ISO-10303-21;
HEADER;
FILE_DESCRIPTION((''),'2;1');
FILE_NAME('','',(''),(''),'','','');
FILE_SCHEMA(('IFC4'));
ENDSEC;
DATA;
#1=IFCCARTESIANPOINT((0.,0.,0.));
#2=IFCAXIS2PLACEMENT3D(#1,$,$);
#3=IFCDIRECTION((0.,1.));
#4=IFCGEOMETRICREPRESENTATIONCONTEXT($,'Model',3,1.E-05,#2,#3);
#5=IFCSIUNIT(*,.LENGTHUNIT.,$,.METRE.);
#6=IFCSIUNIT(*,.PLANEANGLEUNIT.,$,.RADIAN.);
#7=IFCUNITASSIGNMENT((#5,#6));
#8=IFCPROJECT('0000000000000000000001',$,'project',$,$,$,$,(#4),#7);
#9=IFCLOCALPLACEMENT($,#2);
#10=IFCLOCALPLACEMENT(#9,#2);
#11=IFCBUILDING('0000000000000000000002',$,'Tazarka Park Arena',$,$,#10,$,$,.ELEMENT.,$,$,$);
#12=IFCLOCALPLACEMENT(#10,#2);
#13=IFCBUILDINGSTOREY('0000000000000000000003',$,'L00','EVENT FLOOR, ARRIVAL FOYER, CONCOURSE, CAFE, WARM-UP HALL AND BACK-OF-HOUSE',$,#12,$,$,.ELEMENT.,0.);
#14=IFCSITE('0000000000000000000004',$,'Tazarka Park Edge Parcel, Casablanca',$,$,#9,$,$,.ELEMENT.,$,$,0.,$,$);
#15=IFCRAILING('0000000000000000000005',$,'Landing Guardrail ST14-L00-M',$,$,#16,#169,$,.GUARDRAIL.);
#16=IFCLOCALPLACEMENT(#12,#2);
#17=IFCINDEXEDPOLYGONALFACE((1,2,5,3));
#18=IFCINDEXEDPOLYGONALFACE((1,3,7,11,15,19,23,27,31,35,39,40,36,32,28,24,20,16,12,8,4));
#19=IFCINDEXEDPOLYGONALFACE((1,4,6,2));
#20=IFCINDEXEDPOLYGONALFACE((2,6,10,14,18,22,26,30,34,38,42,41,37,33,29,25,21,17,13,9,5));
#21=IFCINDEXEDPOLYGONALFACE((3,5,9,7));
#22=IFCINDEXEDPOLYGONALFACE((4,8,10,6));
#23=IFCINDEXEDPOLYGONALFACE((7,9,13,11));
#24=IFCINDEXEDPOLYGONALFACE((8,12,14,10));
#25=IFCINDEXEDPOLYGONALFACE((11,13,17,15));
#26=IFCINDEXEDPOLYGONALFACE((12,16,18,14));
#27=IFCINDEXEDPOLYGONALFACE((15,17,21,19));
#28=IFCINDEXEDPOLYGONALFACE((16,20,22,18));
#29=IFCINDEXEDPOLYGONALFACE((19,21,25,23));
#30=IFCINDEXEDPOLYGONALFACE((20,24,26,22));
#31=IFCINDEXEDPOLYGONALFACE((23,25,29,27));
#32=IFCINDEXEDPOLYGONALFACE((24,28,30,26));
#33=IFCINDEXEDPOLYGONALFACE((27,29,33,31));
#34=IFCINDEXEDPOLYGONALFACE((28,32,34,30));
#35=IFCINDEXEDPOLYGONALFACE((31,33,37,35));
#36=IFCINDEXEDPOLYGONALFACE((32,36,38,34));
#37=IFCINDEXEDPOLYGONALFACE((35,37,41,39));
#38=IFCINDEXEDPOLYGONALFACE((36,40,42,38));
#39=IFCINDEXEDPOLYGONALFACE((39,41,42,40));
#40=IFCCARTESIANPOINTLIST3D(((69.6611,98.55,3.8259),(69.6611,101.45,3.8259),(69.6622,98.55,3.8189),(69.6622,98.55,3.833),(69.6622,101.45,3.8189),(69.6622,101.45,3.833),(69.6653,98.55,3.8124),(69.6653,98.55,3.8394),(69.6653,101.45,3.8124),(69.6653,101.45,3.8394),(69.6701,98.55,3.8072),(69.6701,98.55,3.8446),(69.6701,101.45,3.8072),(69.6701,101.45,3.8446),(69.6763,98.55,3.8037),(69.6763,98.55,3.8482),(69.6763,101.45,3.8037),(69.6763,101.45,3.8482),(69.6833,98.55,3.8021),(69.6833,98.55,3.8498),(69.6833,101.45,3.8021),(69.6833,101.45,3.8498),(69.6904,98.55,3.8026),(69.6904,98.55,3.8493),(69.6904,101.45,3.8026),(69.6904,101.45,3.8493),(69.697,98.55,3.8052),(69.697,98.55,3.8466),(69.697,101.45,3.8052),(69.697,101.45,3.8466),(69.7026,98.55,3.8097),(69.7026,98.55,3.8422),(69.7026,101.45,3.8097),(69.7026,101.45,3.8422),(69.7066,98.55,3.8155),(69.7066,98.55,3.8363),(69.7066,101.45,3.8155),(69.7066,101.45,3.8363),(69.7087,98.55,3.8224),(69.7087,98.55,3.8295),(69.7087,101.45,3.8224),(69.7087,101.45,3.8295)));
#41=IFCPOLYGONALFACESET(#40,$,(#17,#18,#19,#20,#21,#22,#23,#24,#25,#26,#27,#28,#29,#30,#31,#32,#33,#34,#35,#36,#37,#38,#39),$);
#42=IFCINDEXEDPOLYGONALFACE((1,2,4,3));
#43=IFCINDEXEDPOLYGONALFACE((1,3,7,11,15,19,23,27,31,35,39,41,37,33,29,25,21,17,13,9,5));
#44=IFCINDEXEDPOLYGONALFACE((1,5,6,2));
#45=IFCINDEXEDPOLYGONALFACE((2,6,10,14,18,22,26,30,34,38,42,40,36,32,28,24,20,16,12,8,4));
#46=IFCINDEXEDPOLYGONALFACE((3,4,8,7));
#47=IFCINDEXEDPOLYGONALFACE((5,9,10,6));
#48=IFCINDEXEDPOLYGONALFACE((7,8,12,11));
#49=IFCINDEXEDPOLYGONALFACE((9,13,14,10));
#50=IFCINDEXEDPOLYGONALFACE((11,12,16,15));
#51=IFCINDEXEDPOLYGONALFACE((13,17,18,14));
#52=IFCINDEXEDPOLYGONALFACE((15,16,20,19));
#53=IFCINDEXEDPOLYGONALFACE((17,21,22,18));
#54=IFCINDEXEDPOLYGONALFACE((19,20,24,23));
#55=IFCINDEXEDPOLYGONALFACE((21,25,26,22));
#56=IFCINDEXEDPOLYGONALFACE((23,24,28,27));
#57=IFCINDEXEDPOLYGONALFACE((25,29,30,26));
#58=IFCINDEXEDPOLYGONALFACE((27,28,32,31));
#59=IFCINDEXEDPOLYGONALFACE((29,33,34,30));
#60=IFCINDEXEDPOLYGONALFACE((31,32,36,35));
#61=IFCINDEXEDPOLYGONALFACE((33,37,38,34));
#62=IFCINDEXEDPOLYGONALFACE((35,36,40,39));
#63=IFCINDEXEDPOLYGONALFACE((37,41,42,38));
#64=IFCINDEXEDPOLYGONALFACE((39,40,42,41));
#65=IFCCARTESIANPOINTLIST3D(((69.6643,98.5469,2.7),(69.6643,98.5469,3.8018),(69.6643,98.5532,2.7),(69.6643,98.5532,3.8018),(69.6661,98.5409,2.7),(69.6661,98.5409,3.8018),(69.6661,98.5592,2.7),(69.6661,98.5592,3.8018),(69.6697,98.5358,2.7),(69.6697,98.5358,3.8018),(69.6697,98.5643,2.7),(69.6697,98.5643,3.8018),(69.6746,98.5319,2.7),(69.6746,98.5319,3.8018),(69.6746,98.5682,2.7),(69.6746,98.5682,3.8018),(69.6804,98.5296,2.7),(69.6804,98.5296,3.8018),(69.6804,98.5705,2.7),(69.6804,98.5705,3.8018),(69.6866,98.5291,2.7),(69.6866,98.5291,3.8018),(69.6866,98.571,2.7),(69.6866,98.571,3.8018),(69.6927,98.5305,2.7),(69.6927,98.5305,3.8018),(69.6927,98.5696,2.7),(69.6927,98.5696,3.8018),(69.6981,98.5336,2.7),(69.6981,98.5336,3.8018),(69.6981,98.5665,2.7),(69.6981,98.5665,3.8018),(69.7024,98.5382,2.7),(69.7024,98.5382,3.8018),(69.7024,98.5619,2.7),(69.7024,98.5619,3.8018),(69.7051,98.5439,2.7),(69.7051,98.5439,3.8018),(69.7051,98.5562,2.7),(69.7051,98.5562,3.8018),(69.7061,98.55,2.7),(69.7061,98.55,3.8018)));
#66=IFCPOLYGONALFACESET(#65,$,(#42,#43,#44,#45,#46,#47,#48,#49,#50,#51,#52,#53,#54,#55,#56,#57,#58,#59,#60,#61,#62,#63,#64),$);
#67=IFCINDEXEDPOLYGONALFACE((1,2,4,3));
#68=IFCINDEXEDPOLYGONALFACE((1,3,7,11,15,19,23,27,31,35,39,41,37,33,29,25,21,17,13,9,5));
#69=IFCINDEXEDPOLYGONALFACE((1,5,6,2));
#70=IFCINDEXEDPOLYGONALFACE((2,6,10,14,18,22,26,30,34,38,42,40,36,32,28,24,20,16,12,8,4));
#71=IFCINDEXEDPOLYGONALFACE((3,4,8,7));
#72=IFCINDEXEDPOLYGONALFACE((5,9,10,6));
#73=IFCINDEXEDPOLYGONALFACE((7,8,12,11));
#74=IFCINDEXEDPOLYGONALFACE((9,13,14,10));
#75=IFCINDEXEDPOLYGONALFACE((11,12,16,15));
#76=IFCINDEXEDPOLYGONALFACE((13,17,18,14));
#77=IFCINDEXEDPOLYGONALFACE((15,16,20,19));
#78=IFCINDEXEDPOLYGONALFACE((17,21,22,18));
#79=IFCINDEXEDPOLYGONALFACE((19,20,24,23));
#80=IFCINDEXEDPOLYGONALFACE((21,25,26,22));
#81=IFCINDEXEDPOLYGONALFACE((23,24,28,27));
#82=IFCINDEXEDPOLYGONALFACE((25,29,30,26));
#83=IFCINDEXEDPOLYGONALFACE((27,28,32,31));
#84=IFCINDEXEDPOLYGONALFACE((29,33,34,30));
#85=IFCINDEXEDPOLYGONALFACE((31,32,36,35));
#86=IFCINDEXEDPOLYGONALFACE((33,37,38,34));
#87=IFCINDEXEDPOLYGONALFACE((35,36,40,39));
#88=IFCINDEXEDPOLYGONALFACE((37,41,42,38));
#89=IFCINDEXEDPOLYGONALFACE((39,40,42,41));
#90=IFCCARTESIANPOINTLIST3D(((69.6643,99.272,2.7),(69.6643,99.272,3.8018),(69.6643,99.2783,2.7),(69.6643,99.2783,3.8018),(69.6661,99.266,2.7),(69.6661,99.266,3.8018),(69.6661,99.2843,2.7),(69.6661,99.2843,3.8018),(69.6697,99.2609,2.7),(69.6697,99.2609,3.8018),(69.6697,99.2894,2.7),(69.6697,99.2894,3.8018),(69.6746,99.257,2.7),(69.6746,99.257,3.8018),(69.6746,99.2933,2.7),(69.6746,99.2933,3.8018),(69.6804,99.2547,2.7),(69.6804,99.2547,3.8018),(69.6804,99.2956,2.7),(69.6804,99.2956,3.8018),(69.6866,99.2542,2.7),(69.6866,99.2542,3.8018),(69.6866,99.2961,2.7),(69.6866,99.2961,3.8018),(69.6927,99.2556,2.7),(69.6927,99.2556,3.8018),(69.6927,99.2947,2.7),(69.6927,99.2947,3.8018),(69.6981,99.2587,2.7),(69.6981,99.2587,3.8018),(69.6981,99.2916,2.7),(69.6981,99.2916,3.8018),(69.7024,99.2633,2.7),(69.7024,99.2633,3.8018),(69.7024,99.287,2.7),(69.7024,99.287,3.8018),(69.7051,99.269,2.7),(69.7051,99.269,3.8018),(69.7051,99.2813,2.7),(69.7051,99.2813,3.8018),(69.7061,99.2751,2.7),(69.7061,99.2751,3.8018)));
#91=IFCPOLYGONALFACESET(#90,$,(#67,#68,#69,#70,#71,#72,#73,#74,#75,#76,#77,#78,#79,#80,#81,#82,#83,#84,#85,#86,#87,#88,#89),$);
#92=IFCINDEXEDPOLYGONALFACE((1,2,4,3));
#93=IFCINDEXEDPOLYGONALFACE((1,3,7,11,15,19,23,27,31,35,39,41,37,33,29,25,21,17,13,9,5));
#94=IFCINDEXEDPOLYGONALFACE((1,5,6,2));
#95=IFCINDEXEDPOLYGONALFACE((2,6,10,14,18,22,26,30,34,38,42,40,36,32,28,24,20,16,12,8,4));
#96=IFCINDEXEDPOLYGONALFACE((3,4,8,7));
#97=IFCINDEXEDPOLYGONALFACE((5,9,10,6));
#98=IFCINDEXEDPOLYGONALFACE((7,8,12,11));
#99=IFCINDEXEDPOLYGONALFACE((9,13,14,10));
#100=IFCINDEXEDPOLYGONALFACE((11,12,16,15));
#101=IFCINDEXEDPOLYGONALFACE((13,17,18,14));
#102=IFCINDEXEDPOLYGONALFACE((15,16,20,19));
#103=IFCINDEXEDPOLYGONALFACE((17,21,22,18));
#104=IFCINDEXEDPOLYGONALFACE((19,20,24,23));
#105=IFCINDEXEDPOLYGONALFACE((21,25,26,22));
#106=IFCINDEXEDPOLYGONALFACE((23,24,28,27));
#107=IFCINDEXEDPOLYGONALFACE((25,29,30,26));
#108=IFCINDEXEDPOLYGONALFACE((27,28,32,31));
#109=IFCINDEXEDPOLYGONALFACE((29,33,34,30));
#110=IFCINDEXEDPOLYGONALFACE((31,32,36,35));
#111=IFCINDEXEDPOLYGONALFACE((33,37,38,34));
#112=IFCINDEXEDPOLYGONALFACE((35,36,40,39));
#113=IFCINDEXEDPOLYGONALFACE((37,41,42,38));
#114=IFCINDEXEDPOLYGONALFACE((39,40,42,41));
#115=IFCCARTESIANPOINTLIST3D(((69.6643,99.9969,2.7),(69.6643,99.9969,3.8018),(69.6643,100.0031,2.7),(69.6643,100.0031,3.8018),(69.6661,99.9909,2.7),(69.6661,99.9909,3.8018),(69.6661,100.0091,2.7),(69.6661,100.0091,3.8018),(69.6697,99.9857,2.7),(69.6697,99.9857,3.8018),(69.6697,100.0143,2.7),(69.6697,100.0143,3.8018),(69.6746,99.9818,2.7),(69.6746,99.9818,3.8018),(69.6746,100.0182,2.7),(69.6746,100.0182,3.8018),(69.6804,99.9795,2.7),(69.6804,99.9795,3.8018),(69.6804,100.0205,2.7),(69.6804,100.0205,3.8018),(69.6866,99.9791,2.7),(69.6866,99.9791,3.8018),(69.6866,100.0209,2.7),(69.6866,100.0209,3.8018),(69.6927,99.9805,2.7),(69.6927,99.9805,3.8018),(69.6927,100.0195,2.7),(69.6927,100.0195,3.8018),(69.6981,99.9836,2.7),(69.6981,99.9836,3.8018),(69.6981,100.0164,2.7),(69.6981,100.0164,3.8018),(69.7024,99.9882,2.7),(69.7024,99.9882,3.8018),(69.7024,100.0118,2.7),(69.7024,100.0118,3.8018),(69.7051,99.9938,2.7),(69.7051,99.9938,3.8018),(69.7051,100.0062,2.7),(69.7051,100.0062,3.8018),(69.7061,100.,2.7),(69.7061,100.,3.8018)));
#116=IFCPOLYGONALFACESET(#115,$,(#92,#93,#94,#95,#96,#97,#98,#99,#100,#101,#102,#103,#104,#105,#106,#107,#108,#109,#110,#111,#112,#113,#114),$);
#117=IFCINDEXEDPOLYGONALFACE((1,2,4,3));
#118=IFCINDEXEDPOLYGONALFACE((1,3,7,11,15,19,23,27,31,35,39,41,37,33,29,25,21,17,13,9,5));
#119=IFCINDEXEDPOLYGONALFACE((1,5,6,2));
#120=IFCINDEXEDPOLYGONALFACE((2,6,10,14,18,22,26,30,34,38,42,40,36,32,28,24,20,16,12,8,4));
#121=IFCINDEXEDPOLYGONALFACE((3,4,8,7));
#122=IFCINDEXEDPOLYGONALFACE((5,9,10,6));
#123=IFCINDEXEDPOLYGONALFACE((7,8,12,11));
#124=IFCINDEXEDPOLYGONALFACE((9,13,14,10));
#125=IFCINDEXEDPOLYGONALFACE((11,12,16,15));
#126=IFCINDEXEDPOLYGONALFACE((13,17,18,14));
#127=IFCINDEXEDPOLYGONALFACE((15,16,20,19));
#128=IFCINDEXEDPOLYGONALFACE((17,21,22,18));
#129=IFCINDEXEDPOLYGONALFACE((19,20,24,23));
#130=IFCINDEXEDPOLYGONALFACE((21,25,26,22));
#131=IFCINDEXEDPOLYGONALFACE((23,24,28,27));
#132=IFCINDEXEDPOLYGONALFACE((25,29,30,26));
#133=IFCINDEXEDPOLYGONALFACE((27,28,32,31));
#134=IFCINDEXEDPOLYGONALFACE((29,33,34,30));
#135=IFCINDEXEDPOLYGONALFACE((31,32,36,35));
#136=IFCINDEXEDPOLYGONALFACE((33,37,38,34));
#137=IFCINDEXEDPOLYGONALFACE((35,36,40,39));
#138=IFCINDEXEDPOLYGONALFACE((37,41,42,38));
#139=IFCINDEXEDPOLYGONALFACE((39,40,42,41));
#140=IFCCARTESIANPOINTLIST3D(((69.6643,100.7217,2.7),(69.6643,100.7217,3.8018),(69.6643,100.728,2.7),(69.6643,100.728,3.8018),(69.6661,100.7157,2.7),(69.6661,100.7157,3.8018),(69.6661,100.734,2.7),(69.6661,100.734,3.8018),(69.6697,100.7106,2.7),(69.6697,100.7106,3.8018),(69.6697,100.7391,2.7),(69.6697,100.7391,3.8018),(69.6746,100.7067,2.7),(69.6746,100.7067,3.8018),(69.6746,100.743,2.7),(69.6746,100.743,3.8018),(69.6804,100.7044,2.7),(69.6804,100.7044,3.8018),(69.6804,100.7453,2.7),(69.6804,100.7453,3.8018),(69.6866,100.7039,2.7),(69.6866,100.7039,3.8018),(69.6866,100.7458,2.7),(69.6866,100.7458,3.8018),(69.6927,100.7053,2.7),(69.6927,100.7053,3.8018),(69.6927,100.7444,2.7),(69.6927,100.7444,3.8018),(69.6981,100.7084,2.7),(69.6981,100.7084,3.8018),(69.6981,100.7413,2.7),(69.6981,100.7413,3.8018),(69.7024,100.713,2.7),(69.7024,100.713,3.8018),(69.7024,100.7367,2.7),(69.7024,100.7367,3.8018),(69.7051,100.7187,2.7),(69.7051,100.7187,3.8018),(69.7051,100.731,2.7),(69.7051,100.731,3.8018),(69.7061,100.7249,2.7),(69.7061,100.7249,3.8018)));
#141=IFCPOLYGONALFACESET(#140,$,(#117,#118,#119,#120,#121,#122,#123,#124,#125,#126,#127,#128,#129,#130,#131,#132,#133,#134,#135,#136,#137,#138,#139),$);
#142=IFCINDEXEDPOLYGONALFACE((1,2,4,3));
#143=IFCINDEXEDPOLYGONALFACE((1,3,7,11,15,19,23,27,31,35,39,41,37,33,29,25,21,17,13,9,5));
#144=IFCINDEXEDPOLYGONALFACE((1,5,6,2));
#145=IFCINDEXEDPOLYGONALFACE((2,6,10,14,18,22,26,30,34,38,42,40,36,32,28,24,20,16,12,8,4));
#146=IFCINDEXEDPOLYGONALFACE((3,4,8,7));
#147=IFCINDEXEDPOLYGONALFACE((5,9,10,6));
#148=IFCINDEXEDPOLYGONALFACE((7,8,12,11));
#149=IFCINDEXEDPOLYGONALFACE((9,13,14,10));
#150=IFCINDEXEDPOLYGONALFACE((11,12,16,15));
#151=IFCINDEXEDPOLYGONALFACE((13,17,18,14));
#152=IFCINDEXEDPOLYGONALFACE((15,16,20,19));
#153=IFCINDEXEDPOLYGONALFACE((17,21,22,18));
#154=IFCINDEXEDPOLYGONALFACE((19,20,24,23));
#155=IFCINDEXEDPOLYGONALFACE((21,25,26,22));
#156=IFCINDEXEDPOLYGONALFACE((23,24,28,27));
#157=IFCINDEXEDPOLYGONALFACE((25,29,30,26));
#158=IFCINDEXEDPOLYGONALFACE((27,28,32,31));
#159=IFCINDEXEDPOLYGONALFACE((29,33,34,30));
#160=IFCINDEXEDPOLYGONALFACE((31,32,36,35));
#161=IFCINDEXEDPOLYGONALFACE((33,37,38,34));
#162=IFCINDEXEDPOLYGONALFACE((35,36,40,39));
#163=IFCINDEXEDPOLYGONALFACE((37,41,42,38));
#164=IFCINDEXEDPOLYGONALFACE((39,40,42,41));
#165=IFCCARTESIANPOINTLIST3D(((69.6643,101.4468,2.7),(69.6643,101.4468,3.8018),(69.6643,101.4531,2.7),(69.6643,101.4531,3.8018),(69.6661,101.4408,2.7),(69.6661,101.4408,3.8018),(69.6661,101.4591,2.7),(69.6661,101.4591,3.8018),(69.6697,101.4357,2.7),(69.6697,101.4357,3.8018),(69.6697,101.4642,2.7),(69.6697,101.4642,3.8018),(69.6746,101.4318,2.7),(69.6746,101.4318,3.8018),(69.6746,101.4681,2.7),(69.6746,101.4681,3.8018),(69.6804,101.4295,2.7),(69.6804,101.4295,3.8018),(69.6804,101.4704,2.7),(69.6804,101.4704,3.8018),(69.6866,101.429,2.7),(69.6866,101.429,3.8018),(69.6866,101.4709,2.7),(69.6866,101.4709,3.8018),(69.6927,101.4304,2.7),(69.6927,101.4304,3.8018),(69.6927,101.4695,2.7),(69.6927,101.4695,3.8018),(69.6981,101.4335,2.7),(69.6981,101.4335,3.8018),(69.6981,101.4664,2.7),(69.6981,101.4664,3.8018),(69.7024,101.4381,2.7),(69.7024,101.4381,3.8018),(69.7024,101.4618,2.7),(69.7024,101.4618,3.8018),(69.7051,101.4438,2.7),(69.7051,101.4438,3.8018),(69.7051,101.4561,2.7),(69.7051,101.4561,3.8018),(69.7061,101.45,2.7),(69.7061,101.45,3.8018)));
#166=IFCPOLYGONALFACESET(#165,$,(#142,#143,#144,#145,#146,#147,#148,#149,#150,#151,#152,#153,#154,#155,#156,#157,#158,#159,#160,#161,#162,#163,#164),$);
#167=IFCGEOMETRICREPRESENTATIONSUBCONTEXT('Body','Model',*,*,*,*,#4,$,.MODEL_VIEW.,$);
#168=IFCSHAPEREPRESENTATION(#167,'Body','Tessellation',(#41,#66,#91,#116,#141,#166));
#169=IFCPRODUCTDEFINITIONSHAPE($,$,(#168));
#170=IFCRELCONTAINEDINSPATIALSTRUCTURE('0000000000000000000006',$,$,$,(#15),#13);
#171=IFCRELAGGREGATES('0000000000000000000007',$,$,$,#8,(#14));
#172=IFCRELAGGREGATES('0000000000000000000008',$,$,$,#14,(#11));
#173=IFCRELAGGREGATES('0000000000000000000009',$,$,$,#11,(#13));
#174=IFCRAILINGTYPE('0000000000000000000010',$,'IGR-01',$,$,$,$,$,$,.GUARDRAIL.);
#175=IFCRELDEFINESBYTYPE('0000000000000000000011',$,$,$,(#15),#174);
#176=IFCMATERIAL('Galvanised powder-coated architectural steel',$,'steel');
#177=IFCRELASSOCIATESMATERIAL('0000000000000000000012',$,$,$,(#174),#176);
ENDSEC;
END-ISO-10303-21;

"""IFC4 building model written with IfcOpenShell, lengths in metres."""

from ifc_helpers import new_model, si_unit, direction, frame, origin, origin_2d, place, context, subcontext, project, spatial, circle, extrude, material, type_object, element, save


model = new_model("IFC4")

# Units and contexts
model_context = context("Model", 3, precision=1e-05, world=origin(), true_north=direction((0.0, 1.0)))
body_context = subcontext(model_context, "Body", "Model", "MODEL_VIEW")
ifc_project = project(units=[si_unit("LENGTHUNIT", "METRE"), si_unit("PLANEANGLEUNIT", "RADIAN")], contexts=[model_context])

# Site, building, storey
site_placement = place(None, origin())
site = spatial("IfcSite", under=ifc_project, at=site_placement, Name="Tazarka Park Edge Parcel, Casablanca", CompositionType="ELEMENT", RefElevation=0.0)
building_placement = place(site_placement, origin())
building = spatial("IfcBuilding", under=site, at=building_placement, Name="Tazarka Park Arena", CompositionType="ELEMENT")
storey_placement = place(building_placement, origin())
storey = spatial("IfcBuildingStorey", under=building, at=storey_placement, Name="L00", Description="EVENT FLOOR, ARRIVAL FOYER, CONCOURSE, CAFE, WARM-UP HALL AND BACK-OF-HOUSE", CompositionType="ELEMENT", Elevation=0.0)

# Railing
ifc_material_1 = material(Name="Galvanised powder-coated architectural steel", Category="steel")
railing_type_1 = type_object("IfcRailingType", Name="IGR-01", PredefinedType="GUARDRAIL", material=ifc_material_1)
for number, where, name in (
    (1, (69.6851, 98.55, 2.7), "Landing Guardrail ST14-L00-M"),
):
    element("IfcRailing", number, at=place(storey_placement, frame(where)), inside=storey, type_object=railing_type_1, Name=name, PredefinedType="GUARDRAIL", context=body_context, shape_type="SweptSolid", body=[
        extrude(circle(Radius=0.0239, at=origin_2d()), frame((0.0, 0.0, 1.126), z_axis=(0.0, 1.0, 0.0), x_axis=(-1.0, 0.0, 0.0)), (0.0, 0.0, 1.0), 2.8999),
        extrude(circle(Radius=0.021, at=origin_2d()), origin(), (0.0, 0.0, 1.0), 1.1018),
        extrude(circle(Radius=0.021, at=origin_2d()), frame((0.0, 0.7251, 0.0)), (0.0, 0.0, 1.0), 1.1018),
        extrude(circle(Radius=0.021, at=origin_2d()), frame((0.0, 1.45, 0.0)), (0.0, 0.0, 1.0), 1.1018),
        extrude(circle(Radius=0.021, at=origin_2d()), frame((0.0, 2.1748, 0.0)), (0.0, 0.0, 1.0), 1.1018),
        extrude(circle(Radius=0.021, at=origin_2d()), frame((0.0, 2.8999, 0.0)), (0.0, 0.0, 1.0), 1.1018),
    ])

save(model, "model.ifc")
